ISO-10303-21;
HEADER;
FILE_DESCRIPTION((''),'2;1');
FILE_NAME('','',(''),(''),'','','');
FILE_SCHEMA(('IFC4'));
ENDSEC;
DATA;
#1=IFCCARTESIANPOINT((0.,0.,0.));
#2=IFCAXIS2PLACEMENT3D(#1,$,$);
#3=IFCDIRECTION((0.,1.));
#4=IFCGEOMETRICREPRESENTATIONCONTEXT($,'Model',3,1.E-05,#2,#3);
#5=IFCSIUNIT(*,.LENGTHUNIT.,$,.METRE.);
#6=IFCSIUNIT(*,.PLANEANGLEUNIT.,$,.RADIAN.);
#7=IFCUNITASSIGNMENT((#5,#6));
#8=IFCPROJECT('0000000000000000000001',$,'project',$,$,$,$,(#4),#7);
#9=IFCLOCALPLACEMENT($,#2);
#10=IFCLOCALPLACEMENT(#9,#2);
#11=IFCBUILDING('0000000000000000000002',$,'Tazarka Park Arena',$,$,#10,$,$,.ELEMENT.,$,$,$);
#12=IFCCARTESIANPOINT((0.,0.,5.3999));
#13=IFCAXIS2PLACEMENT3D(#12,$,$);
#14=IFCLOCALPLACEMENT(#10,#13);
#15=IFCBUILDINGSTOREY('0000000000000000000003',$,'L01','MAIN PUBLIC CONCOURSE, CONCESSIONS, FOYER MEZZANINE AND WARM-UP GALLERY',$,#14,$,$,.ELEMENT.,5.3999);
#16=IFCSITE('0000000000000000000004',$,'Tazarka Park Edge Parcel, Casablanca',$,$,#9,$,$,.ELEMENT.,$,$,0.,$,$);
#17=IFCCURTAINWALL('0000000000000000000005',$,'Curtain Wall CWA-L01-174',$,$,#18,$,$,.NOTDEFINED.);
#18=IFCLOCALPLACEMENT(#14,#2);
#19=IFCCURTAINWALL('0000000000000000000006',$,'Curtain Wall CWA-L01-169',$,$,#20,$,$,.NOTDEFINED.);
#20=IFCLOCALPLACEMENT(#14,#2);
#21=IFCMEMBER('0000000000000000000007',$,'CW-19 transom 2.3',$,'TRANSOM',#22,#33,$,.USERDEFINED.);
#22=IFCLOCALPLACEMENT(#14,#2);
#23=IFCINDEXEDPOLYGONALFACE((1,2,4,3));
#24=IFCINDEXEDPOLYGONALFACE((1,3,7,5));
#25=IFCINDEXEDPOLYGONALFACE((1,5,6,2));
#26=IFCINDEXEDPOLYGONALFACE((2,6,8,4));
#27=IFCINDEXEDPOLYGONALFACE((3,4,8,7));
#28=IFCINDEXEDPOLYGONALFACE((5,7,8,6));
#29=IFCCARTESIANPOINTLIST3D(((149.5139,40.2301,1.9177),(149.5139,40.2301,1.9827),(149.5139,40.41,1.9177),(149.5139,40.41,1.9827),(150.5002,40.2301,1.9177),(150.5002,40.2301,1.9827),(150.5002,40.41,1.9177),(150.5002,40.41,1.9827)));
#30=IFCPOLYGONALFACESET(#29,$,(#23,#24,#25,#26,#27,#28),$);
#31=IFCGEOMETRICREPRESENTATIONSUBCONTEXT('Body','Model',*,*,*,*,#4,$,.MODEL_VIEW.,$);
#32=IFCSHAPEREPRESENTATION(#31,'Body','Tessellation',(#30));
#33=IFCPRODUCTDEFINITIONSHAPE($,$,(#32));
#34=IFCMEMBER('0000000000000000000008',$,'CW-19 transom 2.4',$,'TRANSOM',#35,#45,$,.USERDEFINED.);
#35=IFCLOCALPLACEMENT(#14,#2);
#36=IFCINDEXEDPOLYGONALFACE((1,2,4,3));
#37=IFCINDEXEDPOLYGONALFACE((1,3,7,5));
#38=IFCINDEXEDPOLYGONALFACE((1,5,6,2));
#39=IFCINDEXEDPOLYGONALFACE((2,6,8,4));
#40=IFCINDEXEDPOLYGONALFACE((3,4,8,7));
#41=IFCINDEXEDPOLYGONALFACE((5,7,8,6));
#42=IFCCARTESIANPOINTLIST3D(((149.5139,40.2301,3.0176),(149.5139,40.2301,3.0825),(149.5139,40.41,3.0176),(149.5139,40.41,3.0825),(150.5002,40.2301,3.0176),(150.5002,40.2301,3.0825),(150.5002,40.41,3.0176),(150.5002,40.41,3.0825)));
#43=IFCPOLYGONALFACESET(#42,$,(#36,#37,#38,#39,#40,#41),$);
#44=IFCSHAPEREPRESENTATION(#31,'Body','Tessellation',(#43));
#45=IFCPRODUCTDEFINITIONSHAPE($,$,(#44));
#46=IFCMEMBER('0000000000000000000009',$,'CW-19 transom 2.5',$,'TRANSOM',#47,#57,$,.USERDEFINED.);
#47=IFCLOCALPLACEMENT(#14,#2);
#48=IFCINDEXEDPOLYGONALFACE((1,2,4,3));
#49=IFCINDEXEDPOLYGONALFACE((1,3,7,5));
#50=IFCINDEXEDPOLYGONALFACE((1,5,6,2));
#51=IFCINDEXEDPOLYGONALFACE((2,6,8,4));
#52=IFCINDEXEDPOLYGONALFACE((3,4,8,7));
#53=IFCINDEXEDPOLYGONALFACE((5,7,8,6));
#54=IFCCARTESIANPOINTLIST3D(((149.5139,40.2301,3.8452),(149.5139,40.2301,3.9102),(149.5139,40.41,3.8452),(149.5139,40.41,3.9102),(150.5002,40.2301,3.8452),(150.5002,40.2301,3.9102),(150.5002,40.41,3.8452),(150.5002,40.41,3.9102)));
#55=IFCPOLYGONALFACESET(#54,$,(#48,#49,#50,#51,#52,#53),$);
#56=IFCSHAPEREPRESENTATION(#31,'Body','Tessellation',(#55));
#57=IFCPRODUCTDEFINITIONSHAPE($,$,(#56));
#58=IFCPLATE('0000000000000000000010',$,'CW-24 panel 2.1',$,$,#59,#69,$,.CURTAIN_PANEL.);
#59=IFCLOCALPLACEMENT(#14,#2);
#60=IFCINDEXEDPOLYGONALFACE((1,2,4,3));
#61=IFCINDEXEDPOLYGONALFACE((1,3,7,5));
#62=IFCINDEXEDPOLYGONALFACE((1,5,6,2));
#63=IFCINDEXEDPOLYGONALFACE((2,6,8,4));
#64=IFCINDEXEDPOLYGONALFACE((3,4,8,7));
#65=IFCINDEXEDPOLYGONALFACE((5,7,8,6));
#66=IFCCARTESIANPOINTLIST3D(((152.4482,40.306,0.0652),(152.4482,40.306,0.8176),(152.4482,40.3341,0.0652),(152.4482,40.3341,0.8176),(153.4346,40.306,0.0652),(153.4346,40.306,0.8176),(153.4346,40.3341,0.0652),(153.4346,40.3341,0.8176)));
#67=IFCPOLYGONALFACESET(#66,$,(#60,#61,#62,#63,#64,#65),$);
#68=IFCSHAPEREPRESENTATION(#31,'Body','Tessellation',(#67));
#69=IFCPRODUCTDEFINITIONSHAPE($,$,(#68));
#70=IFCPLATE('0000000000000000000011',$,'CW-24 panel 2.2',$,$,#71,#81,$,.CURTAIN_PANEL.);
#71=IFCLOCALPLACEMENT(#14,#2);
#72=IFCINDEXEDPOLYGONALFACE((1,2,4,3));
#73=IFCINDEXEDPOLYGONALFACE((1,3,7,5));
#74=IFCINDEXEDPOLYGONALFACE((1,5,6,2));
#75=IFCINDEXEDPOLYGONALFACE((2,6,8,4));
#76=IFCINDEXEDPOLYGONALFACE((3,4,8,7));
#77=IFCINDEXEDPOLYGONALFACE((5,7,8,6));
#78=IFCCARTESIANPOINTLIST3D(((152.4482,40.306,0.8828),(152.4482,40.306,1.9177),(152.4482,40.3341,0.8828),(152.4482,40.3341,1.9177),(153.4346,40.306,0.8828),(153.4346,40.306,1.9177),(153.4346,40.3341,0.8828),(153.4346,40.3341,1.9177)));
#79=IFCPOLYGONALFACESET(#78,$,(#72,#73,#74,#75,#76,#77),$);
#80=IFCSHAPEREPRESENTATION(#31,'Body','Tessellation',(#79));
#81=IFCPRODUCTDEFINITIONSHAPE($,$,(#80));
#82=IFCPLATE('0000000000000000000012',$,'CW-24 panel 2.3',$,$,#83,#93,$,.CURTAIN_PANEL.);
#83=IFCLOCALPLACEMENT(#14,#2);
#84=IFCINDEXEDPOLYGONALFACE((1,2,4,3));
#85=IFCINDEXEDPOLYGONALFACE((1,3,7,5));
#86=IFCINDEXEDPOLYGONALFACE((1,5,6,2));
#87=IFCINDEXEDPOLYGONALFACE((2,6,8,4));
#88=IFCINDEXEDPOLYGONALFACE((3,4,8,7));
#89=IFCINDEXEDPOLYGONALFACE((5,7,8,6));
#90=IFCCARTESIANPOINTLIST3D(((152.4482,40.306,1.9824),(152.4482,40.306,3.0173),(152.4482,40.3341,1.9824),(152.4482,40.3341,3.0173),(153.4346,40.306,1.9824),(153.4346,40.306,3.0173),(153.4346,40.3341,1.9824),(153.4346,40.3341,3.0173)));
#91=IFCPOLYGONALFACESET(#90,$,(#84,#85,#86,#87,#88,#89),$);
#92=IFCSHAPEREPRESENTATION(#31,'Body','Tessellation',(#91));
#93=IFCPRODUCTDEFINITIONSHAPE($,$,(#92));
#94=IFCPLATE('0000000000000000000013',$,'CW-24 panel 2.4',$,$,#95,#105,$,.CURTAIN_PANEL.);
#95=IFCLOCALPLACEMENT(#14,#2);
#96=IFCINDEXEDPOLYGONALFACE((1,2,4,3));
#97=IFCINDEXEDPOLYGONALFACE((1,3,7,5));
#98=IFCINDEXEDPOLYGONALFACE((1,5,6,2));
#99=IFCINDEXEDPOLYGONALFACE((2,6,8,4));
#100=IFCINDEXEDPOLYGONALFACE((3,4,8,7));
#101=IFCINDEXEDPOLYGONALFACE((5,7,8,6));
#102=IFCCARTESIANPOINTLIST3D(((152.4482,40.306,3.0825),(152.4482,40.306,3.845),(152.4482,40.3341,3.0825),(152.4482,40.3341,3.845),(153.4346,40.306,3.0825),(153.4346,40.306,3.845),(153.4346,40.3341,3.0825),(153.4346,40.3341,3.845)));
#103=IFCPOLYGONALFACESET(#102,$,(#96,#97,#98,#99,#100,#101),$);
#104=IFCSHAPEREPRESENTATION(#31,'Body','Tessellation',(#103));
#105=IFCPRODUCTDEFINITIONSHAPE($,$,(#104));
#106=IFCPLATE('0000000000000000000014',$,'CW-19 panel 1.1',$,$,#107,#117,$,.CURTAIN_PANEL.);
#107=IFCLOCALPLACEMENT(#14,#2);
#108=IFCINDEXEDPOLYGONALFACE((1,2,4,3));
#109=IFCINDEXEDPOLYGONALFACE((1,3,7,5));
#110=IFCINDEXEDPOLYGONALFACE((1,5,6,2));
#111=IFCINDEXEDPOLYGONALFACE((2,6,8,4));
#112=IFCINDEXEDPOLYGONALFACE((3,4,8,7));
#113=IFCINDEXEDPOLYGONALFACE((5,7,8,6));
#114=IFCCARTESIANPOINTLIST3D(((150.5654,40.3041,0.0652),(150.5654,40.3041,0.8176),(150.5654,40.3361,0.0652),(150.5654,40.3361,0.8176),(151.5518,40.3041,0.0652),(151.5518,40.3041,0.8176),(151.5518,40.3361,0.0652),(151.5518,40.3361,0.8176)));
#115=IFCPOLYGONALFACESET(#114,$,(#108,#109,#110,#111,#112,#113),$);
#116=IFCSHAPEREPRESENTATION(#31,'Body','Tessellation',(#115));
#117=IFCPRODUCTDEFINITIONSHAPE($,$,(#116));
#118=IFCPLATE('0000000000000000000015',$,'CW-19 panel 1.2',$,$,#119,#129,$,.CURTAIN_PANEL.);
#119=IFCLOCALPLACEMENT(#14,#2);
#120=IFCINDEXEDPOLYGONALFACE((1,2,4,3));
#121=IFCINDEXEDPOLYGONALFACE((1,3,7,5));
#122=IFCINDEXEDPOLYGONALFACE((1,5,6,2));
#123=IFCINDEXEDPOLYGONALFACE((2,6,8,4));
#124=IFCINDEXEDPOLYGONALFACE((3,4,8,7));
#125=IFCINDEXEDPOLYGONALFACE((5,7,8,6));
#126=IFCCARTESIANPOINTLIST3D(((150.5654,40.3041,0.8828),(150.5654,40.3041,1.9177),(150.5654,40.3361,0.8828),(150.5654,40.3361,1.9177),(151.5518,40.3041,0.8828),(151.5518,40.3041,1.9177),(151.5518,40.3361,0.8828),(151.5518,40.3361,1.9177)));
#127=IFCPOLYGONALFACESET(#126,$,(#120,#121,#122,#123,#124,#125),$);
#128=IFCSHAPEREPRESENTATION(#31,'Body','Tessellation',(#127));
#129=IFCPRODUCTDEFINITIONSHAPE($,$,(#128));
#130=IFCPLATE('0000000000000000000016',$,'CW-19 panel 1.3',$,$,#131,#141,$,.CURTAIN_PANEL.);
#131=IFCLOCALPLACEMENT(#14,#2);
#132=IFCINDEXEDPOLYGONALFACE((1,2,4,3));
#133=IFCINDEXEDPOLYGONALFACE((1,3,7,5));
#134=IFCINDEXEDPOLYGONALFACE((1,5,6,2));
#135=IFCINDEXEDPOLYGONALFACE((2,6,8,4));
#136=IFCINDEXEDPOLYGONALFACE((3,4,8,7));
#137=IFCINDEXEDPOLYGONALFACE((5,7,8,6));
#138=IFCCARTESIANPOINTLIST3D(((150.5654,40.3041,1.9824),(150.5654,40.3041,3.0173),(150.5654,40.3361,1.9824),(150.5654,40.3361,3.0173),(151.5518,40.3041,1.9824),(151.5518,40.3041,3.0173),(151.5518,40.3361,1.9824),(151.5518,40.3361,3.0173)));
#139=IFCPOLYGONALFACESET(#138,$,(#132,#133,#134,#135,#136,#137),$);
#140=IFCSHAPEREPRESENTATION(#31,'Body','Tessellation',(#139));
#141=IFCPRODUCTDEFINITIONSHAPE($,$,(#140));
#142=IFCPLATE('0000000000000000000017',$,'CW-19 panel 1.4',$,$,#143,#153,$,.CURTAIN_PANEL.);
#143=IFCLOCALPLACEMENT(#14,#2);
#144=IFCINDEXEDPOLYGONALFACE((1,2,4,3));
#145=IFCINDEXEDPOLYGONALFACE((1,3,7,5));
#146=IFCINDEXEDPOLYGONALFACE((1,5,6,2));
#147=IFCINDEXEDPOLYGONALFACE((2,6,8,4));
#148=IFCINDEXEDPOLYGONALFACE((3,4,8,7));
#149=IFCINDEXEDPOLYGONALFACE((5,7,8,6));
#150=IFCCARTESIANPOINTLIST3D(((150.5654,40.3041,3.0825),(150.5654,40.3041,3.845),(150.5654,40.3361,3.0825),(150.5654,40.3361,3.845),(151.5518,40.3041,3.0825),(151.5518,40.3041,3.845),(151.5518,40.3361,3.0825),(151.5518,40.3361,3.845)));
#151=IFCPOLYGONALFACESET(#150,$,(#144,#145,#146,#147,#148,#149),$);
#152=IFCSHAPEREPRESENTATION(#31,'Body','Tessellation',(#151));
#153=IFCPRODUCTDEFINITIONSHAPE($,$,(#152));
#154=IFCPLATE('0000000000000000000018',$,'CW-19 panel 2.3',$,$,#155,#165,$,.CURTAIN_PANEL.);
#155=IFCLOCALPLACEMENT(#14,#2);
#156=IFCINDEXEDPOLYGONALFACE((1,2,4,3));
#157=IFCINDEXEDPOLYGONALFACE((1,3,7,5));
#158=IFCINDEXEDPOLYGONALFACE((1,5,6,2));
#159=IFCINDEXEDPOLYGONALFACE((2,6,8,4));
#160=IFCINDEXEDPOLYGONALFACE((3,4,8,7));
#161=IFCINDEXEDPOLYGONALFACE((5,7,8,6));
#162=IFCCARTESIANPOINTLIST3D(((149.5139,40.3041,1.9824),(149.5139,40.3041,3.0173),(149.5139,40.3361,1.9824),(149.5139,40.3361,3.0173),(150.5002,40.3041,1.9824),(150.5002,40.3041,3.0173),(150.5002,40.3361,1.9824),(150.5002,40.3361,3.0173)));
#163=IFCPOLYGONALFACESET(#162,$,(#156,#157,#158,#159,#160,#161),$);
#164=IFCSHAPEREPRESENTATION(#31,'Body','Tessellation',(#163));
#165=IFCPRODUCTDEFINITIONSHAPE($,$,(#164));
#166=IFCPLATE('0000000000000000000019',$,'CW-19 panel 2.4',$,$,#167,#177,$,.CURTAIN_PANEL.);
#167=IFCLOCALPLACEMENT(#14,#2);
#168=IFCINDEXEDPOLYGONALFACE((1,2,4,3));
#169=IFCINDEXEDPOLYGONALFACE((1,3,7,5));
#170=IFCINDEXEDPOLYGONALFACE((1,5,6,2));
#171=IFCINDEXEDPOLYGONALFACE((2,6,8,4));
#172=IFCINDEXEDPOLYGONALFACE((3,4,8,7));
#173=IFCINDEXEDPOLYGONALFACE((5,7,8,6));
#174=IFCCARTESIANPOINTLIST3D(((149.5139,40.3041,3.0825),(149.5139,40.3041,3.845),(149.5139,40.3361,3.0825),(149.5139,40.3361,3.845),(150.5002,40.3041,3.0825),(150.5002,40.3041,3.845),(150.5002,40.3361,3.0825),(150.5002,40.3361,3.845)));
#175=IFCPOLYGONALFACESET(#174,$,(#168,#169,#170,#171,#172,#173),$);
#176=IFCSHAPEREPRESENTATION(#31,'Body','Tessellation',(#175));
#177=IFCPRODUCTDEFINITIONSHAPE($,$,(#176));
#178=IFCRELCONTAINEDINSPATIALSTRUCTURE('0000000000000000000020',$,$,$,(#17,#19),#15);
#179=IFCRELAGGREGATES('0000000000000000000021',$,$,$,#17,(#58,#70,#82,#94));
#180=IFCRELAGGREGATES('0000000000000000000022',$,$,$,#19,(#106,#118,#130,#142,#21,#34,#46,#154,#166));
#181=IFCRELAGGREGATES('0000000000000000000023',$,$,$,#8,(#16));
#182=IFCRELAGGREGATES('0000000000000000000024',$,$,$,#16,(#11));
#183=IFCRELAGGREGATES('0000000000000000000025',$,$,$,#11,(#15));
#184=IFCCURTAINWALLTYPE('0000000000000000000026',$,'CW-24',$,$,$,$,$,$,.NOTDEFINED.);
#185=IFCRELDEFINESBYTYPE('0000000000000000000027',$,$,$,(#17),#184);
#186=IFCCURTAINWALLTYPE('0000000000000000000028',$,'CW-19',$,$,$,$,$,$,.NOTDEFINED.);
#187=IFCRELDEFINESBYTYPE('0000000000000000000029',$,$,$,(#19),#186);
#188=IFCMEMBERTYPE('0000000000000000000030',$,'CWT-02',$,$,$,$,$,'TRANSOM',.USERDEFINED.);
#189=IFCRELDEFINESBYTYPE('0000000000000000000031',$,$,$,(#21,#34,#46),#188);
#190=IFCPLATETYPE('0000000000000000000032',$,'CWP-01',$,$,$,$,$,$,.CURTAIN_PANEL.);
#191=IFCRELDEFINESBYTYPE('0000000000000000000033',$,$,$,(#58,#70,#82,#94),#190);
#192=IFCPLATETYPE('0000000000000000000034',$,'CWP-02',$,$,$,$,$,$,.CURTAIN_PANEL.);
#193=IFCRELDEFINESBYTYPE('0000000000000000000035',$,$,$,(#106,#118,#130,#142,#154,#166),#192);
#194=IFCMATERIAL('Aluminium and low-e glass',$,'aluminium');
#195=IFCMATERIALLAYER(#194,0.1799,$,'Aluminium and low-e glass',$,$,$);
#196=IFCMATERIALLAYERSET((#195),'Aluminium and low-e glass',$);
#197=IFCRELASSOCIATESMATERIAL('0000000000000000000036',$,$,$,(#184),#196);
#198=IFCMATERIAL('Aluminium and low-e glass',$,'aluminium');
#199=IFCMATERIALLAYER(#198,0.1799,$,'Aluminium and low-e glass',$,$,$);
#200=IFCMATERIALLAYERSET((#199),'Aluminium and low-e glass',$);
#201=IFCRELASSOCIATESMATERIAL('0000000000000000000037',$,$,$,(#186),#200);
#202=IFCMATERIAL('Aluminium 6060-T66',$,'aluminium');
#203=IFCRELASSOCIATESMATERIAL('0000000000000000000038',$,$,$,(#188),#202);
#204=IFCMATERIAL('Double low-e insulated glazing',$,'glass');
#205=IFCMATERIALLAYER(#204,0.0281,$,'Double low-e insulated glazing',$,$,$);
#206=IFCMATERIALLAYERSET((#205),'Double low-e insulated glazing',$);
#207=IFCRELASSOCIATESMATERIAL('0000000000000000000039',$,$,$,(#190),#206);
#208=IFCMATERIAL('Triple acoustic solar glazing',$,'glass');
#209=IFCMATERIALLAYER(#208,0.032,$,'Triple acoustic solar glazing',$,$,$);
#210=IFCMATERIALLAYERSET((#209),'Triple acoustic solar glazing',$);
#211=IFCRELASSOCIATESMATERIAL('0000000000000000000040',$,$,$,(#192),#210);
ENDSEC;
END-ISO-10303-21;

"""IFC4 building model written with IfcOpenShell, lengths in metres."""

from ifc_helpers import new_model, si_unit, direction, frame, origin, origin_2d, place, context, subcontext, project, spatial, rectangle, extrude, material, layer, layer_set, material_profile, profile_set, type_object, element, aggregate, save


model = new_model("IFC4")

# Units and contexts
model_context = context("Model", 3, precision=1e-05, world=origin(), true_north=direction((0.0, 1.0)))
body_context = subcontext(model_context, "Body", "Model", "MODEL_VIEW")
ifc_project = project(units=[si_unit("LENGTHUNIT", "METRE"), si_unit("PLANEANGLEUNIT", "RADIAN")], contexts=[model_context])

# Site, building, storey
site_placement = place(None, origin())
site = spatial("IfcSite", under=ifc_project, at=site_placement, Name="Tazarka Park Edge Parcel, Casablanca", CompositionType="ELEMENT", RefElevation=0.0)
building_placement = place(site_placement, origin())
building = spatial("IfcBuilding", under=site, at=building_placement, Name="Tazarka Park Arena", CompositionType="ELEMENT")
storey_placement = place(building_placement, frame((0.0, 0.0, 5.3999)))
storey = spatial("IfcBuildingStorey", under=building, at=storey_placement, Name="L01", Description="MAIN PUBLIC CONCOURSE, CONCESSIONS, FOYER MEZZANINE AND WARM-UP GALLERY", CompositionType="ELEMENT", Elevation=5.3999)

# Curtain wall
ifc_material_1 = material(Name="Aluminium and low-e glass", Category="aluminium")
ifc_layer_1 = layer(ifc_material_1, 0.1799, Name="Aluminium and low-e glass")
ifc_layer_set_1 = layer_set([ifc_layer_1], Name="Aluminium and low-e glass")
curtain_wall_type_1 = type_object("IfcCurtainWallType", Name="CW-24", PredefinedType="NOTDEFINED", material=ifc_layer_set_1)
curtain_wall_1_placement = place(storey_placement, origin())
curtain_wall_1 = element("IfcCurtainWall", 1, at=curtain_wall_1_placement, inside=storey, type_object=curtain_wall_type_1, Name="Curtain Wall CWA-L01-174", PredefinedType="NOTDEFINED")

# Curtain wall
ifc_material_2 = material(Name="Aluminium and low-e glass", Category="aluminium")
ifc_layer_2 = layer(ifc_material_2, 0.1799, Name="Aluminium and low-e glass")
ifc_layer_set_2 = layer_set([ifc_layer_2], Name="Aluminium and low-e glass")
curtain_wall_type_2 = type_object("IfcCurtainWallType", Name="CW-19", PredefinedType="NOTDEFINED", material=ifc_layer_set_2)
curtain_wall_2_placement = place(storey_placement, origin())
curtain_wall_2 = element("IfcCurtainWall", 2, at=curtain_wall_2_placement, inside=storey, type_object=curtain_wall_type_2, Name="Curtain Wall CWA-L01-169", PredefinedType="NOTDEFINED")

# Members
ifc_material_3 = material(Name="Aluminium 6060-T66", Category="aluminium")
ifc_material_profile_1 = material_profile(ifc_material_3, rectangle(XDim=0.1799, YDim=0.0649, at=origin_2d()), Name="Aluminium 6060-T66")
ifc_profile_set_1 = profile_set([ifc_material_profile_1], Name="Aluminium 6060-T66")
member_type_1 = type_object("IfcMemberType", Name="CWT-02", ElementType="TRANSOM", PredefinedType="USERDEFINED", material=ifc_profile_set_1)
member_1_placement = place(storey_placement, frame((150.5002, 40.3201, 1.9502), z_axis=(-1.0, 0.0, 0.0), x_axis=(0.0, -1.0, 0.0)))
member_1 = element("IfcMember", 3, at=member_1_placement, type_object=member_type_1, Name="CW-19 transom 2.3", ObjectType="TRANSOM", PredefinedType="USERDEFINED", context=body_context, shape_type="SweptSolid", body=[
    extrude(rectangle(XDim=0.1799, YDim=0.0649, at=origin_2d()), origin(), (0.0, 0.0, 1.0), 0.9863),
])
member_2_placement = place(storey_placement, frame((150.5002, 40.3201, 3.05), z_axis=(-1.0, 0.0, 0.0), x_axis=(0.0, -1.0, 0.0)))
member_2 = element("IfcMember", 4, at=member_2_placement, type_object=member_type_1, Name="CW-19 transom 2.4", ObjectType="TRANSOM", PredefinedType="USERDEFINED", context=body_context, shape_type="SweptSolid", body=[
    extrude(rectangle(XDim=0.1799, YDim=0.0649, at=origin_2d()), origin(), (0.0, 0.0, 1.0), 0.9863),
])
member_3_placement = place(storey_placement, frame((150.5002, 40.3201, 3.8777), z_axis=(-1.0, 0.0, 0.0), x_axis=(0.0, -1.0, 0.0)))
member_3 = element("IfcMember", 5, at=member_3_placement, type_object=member_type_1, Name="CW-19 transom 2.5", ObjectType="TRANSOM", PredefinedType="USERDEFINED", context=body_context, shape_type="SweptSolid", body=[
    extrude(rectangle(XDim=0.1799, YDim=0.0649, at=origin_2d()), origin(), (0.0, 0.0, 1.0), 0.9863),
])

# Plates
ifc_material_4 = material(Name="Double low-e insulated glazing", Category="glass")
ifc_layer_3 = layer(ifc_material_4, 0.0281, Name="Double low-e insulated glazing")
ifc_layer_set_3 = layer_set([ifc_layer_3], Name="Double low-e insulated glazing")
plate_type_1 = type_object("IfcPlateType", Name="CWP-01", PredefinedType="CURTAIN_PANEL", material=ifc_layer_set_3)
plate_1_placement = place(storey_placement, frame((152.9414, 40.3201, 0.0652), z_axis=(0.0, 0.0, 1.0), x_axis=(-1.0, 0.0, 0.0)))
plate_1 = element("IfcPlate", 6, at=plate_1_placement, type_object=plate_type_1, Name="CW-24 panel 2.1", PredefinedType="CURTAIN_PANEL", context=body_context, shape_type="SweptSolid", body=[
    extrude(rectangle(XDim=0.9863, YDim=0.0281, at=origin_2d()), origin(), (0.0, 0.0, 1.0), 0.7524),
])
plate_2_placement = place(storey_placement, frame((152.9414, 40.3201, 0.8828), z_axis=(0.0, 0.0, 1.0), x_axis=(-1.0, 0.0, 0.0)))
plate_2 = element("IfcPlate", 7, at=plate_2_placement, type_object=plate_type_1, Name="CW-24 panel 2.2", PredefinedType="CURTAIN_PANEL", context=body_context, shape_type="SweptSolid", body=[
    extrude(rectangle(XDim=0.9863, YDim=0.0281, at=origin_2d()), origin(), (0.0, 0.0, 1.0), 1.0349),
])
plate_3_placement = place(storey_placement, frame((152.9414, 40.3201, 1.9824), z_axis=(0.0, 0.0, 1.0), x_axis=(-1.0, 0.0, 0.0)))
plate_3 = element("IfcPlate", 8, at=plate_3_placement, type_object=plate_type_1, Name="CW-24 panel 2.3", PredefinedType="CURTAIN_PANEL", context=body_context, shape_type="SweptSolid", body=[
    extrude(rectangle(XDim=0.9863, YDim=0.0281, at=origin_2d()), origin(), (0.0, 0.0, 1.0), 1.0349),
])
plate_4_placement = place(storey_placement, frame((152.9414, 40.3201, 3.0825), z_axis=(0.0, 0.0, 1.0), x_axis=(-1.0, 0.0, 0.0)))
plate_4 = element("IfcPlate", 9, at=plate_4_placement, type_object=plate_type_1, Name="CW-24 panel 2.4", PredefinedType="CURTAIN_PANEL", context=body_context, shape_type="SweptSolid", body=[
    extrude(rectangle(XDim=0.9863, YDim=0.0281, at=origin_2d()), origin(), (0.0, 0.0, 1.0), 0.7625),
])
aggregate(curtain_wall_1, [plate_1, plate_2, plate_3, plate_4])
ifc_material_5 = material(Name="Triple acoustic solar glazing", Category="glass")
ifc_layer_4 = layer(ifc_material_5, 0.032, Name="Triple acoustic solar glazing")
ifc_layer_set_4 = layer_set([ifc_layer_4], Name="Triple acoustic solar glazing")
plate_type_2 = type_object("IfcPlateType", Name="CWP-02", PredefinedType="CURTAIN_PANEL", material=ifc_layer_set_4)
plate_5_placement = place(storey_placement, frame((151.0586, 40.3201, 0.0652), z_axis=(0.0, 0.0, 1.0), x_axis=(-1.0, 0.0, 0.0)))
plate_5 = element("IfcPlate", 10, at=plate_5_placement, type_object=plate_type_2, Name="CW-19 panel 1.1", PredefinedType="CURTAIN_PANEL", context=body_context, shape_type="SweptSolid", body=[
    extrude(rectangle(XDim=0.9863, YDim=0.032, at=origin_2d()), origin(), (0.0, 0.0, 1.0), 0.7524),
])
plate_6_placement = place(storey_placement, frame((151.0586, 40.3201, 0.8828), z_axis=(0.0, 0.0, 1.0), x_axis=(-1.0, 0.0, 0.0)))
plate_6 = element("IfcPlate", 11, at=plate_6_placement, type_object=plate_type_2, Name="CW-19 panel 1.2", PredefinedType="CURTAIN_PANEL", context=body_context, shape_type="SweptSolid", body=[
    extrude(rectangle(XDim=0.9863, YDim=0.032, at=origin_2d()), origin(), (0.0, 0.0, 1.0), 1.0349),
])
plate_7_placement = place(storey_placement, frame((151.0586, 40.3201, 1.9824), z_axis=(0.0, 0.0, 1.0), x_axis=(-1.0, 0.0, 0.0)))
plate_7 = element("IfcPlate", 12, at=plate_7_placement, type_object=plate_type_2, Name="CW-19 panel 1.3", PredefinedType="CURTAIN_PANEL", context=body_context, shape_type="SweptSolid", body=[
    extrude(rectangle(XDim=0.9863, YDim=0.032, at=origin_2d()), origin(), (0.0, 0.0, 1.0), 1.0349),
])
plate_8_placement = place(storey_placement, frame((151.0586, 40.3201, 3.0825), z_axis=(0.0, 0.0, 1.0), x_axis=(-1.0, 0.0, 0.0)))
plate_8 = element("IfcPlate", 13, at=plate_8_placement, type_object=plate_type_2, Name="CW-19 panel 1.4", PredefinedType="CURTAIN_PANEL", context=body_context, shape_type="SweptSolid", body=[
    extrude(rectangle(XDim=0.9863, YDim=0.032, at=origin_2d()), origin(), (0.0, 0.0, 1.0), 0.7625),
])
plate_9_placement = place(storey_placement, frame((150.0071, 40.3201, 1.9824), z_axis=(0.0, 0.0, 1.0), x_axis=(-1.0, 0.0, 0.0)))
plate_9 = element("IfcPlate", 14, at=plate_9_placement, type_object=plate_type_2, Name="CW-19 panel 2.3", PredefinedType="CURTAIN_PANEL", context=body_context, shape_type="SweptSolid", body=[
    extrude(rectangle(XDim=0.9863, YDim=0.032, at=origin_2d()), origin(), (0.0, 0.0, 1.0), 1.0349),
])
plate_10_placement = place(storey_placement, frame((150.0071, 40.3201, 3.0825), z_axis=(0.0, 0.0, 1.0), x_axis=(-1.0, 0.0, 0.0)))
plate_10 = element("IfcPlate", 15, at=plate_10_placement, type_object=plate_type_2, Name="CW-19 panel 2.4", PredefinedType="CURTAIN_PANEL", context=body_context, shape_type="SweptSolid", body=[
    extrude(rectangle(XDim=0.9863, YDim=0.032, at=origin_2d()), origin(), (0.0, 0.0, 1.0), 0.7625),
])
aggregate(curtain_wall_2, [plate_5, plate_6, plate_7, plate_8, member_1, member_2, member_3, plate_9, plate_10])

save(model, "model.ifc")
